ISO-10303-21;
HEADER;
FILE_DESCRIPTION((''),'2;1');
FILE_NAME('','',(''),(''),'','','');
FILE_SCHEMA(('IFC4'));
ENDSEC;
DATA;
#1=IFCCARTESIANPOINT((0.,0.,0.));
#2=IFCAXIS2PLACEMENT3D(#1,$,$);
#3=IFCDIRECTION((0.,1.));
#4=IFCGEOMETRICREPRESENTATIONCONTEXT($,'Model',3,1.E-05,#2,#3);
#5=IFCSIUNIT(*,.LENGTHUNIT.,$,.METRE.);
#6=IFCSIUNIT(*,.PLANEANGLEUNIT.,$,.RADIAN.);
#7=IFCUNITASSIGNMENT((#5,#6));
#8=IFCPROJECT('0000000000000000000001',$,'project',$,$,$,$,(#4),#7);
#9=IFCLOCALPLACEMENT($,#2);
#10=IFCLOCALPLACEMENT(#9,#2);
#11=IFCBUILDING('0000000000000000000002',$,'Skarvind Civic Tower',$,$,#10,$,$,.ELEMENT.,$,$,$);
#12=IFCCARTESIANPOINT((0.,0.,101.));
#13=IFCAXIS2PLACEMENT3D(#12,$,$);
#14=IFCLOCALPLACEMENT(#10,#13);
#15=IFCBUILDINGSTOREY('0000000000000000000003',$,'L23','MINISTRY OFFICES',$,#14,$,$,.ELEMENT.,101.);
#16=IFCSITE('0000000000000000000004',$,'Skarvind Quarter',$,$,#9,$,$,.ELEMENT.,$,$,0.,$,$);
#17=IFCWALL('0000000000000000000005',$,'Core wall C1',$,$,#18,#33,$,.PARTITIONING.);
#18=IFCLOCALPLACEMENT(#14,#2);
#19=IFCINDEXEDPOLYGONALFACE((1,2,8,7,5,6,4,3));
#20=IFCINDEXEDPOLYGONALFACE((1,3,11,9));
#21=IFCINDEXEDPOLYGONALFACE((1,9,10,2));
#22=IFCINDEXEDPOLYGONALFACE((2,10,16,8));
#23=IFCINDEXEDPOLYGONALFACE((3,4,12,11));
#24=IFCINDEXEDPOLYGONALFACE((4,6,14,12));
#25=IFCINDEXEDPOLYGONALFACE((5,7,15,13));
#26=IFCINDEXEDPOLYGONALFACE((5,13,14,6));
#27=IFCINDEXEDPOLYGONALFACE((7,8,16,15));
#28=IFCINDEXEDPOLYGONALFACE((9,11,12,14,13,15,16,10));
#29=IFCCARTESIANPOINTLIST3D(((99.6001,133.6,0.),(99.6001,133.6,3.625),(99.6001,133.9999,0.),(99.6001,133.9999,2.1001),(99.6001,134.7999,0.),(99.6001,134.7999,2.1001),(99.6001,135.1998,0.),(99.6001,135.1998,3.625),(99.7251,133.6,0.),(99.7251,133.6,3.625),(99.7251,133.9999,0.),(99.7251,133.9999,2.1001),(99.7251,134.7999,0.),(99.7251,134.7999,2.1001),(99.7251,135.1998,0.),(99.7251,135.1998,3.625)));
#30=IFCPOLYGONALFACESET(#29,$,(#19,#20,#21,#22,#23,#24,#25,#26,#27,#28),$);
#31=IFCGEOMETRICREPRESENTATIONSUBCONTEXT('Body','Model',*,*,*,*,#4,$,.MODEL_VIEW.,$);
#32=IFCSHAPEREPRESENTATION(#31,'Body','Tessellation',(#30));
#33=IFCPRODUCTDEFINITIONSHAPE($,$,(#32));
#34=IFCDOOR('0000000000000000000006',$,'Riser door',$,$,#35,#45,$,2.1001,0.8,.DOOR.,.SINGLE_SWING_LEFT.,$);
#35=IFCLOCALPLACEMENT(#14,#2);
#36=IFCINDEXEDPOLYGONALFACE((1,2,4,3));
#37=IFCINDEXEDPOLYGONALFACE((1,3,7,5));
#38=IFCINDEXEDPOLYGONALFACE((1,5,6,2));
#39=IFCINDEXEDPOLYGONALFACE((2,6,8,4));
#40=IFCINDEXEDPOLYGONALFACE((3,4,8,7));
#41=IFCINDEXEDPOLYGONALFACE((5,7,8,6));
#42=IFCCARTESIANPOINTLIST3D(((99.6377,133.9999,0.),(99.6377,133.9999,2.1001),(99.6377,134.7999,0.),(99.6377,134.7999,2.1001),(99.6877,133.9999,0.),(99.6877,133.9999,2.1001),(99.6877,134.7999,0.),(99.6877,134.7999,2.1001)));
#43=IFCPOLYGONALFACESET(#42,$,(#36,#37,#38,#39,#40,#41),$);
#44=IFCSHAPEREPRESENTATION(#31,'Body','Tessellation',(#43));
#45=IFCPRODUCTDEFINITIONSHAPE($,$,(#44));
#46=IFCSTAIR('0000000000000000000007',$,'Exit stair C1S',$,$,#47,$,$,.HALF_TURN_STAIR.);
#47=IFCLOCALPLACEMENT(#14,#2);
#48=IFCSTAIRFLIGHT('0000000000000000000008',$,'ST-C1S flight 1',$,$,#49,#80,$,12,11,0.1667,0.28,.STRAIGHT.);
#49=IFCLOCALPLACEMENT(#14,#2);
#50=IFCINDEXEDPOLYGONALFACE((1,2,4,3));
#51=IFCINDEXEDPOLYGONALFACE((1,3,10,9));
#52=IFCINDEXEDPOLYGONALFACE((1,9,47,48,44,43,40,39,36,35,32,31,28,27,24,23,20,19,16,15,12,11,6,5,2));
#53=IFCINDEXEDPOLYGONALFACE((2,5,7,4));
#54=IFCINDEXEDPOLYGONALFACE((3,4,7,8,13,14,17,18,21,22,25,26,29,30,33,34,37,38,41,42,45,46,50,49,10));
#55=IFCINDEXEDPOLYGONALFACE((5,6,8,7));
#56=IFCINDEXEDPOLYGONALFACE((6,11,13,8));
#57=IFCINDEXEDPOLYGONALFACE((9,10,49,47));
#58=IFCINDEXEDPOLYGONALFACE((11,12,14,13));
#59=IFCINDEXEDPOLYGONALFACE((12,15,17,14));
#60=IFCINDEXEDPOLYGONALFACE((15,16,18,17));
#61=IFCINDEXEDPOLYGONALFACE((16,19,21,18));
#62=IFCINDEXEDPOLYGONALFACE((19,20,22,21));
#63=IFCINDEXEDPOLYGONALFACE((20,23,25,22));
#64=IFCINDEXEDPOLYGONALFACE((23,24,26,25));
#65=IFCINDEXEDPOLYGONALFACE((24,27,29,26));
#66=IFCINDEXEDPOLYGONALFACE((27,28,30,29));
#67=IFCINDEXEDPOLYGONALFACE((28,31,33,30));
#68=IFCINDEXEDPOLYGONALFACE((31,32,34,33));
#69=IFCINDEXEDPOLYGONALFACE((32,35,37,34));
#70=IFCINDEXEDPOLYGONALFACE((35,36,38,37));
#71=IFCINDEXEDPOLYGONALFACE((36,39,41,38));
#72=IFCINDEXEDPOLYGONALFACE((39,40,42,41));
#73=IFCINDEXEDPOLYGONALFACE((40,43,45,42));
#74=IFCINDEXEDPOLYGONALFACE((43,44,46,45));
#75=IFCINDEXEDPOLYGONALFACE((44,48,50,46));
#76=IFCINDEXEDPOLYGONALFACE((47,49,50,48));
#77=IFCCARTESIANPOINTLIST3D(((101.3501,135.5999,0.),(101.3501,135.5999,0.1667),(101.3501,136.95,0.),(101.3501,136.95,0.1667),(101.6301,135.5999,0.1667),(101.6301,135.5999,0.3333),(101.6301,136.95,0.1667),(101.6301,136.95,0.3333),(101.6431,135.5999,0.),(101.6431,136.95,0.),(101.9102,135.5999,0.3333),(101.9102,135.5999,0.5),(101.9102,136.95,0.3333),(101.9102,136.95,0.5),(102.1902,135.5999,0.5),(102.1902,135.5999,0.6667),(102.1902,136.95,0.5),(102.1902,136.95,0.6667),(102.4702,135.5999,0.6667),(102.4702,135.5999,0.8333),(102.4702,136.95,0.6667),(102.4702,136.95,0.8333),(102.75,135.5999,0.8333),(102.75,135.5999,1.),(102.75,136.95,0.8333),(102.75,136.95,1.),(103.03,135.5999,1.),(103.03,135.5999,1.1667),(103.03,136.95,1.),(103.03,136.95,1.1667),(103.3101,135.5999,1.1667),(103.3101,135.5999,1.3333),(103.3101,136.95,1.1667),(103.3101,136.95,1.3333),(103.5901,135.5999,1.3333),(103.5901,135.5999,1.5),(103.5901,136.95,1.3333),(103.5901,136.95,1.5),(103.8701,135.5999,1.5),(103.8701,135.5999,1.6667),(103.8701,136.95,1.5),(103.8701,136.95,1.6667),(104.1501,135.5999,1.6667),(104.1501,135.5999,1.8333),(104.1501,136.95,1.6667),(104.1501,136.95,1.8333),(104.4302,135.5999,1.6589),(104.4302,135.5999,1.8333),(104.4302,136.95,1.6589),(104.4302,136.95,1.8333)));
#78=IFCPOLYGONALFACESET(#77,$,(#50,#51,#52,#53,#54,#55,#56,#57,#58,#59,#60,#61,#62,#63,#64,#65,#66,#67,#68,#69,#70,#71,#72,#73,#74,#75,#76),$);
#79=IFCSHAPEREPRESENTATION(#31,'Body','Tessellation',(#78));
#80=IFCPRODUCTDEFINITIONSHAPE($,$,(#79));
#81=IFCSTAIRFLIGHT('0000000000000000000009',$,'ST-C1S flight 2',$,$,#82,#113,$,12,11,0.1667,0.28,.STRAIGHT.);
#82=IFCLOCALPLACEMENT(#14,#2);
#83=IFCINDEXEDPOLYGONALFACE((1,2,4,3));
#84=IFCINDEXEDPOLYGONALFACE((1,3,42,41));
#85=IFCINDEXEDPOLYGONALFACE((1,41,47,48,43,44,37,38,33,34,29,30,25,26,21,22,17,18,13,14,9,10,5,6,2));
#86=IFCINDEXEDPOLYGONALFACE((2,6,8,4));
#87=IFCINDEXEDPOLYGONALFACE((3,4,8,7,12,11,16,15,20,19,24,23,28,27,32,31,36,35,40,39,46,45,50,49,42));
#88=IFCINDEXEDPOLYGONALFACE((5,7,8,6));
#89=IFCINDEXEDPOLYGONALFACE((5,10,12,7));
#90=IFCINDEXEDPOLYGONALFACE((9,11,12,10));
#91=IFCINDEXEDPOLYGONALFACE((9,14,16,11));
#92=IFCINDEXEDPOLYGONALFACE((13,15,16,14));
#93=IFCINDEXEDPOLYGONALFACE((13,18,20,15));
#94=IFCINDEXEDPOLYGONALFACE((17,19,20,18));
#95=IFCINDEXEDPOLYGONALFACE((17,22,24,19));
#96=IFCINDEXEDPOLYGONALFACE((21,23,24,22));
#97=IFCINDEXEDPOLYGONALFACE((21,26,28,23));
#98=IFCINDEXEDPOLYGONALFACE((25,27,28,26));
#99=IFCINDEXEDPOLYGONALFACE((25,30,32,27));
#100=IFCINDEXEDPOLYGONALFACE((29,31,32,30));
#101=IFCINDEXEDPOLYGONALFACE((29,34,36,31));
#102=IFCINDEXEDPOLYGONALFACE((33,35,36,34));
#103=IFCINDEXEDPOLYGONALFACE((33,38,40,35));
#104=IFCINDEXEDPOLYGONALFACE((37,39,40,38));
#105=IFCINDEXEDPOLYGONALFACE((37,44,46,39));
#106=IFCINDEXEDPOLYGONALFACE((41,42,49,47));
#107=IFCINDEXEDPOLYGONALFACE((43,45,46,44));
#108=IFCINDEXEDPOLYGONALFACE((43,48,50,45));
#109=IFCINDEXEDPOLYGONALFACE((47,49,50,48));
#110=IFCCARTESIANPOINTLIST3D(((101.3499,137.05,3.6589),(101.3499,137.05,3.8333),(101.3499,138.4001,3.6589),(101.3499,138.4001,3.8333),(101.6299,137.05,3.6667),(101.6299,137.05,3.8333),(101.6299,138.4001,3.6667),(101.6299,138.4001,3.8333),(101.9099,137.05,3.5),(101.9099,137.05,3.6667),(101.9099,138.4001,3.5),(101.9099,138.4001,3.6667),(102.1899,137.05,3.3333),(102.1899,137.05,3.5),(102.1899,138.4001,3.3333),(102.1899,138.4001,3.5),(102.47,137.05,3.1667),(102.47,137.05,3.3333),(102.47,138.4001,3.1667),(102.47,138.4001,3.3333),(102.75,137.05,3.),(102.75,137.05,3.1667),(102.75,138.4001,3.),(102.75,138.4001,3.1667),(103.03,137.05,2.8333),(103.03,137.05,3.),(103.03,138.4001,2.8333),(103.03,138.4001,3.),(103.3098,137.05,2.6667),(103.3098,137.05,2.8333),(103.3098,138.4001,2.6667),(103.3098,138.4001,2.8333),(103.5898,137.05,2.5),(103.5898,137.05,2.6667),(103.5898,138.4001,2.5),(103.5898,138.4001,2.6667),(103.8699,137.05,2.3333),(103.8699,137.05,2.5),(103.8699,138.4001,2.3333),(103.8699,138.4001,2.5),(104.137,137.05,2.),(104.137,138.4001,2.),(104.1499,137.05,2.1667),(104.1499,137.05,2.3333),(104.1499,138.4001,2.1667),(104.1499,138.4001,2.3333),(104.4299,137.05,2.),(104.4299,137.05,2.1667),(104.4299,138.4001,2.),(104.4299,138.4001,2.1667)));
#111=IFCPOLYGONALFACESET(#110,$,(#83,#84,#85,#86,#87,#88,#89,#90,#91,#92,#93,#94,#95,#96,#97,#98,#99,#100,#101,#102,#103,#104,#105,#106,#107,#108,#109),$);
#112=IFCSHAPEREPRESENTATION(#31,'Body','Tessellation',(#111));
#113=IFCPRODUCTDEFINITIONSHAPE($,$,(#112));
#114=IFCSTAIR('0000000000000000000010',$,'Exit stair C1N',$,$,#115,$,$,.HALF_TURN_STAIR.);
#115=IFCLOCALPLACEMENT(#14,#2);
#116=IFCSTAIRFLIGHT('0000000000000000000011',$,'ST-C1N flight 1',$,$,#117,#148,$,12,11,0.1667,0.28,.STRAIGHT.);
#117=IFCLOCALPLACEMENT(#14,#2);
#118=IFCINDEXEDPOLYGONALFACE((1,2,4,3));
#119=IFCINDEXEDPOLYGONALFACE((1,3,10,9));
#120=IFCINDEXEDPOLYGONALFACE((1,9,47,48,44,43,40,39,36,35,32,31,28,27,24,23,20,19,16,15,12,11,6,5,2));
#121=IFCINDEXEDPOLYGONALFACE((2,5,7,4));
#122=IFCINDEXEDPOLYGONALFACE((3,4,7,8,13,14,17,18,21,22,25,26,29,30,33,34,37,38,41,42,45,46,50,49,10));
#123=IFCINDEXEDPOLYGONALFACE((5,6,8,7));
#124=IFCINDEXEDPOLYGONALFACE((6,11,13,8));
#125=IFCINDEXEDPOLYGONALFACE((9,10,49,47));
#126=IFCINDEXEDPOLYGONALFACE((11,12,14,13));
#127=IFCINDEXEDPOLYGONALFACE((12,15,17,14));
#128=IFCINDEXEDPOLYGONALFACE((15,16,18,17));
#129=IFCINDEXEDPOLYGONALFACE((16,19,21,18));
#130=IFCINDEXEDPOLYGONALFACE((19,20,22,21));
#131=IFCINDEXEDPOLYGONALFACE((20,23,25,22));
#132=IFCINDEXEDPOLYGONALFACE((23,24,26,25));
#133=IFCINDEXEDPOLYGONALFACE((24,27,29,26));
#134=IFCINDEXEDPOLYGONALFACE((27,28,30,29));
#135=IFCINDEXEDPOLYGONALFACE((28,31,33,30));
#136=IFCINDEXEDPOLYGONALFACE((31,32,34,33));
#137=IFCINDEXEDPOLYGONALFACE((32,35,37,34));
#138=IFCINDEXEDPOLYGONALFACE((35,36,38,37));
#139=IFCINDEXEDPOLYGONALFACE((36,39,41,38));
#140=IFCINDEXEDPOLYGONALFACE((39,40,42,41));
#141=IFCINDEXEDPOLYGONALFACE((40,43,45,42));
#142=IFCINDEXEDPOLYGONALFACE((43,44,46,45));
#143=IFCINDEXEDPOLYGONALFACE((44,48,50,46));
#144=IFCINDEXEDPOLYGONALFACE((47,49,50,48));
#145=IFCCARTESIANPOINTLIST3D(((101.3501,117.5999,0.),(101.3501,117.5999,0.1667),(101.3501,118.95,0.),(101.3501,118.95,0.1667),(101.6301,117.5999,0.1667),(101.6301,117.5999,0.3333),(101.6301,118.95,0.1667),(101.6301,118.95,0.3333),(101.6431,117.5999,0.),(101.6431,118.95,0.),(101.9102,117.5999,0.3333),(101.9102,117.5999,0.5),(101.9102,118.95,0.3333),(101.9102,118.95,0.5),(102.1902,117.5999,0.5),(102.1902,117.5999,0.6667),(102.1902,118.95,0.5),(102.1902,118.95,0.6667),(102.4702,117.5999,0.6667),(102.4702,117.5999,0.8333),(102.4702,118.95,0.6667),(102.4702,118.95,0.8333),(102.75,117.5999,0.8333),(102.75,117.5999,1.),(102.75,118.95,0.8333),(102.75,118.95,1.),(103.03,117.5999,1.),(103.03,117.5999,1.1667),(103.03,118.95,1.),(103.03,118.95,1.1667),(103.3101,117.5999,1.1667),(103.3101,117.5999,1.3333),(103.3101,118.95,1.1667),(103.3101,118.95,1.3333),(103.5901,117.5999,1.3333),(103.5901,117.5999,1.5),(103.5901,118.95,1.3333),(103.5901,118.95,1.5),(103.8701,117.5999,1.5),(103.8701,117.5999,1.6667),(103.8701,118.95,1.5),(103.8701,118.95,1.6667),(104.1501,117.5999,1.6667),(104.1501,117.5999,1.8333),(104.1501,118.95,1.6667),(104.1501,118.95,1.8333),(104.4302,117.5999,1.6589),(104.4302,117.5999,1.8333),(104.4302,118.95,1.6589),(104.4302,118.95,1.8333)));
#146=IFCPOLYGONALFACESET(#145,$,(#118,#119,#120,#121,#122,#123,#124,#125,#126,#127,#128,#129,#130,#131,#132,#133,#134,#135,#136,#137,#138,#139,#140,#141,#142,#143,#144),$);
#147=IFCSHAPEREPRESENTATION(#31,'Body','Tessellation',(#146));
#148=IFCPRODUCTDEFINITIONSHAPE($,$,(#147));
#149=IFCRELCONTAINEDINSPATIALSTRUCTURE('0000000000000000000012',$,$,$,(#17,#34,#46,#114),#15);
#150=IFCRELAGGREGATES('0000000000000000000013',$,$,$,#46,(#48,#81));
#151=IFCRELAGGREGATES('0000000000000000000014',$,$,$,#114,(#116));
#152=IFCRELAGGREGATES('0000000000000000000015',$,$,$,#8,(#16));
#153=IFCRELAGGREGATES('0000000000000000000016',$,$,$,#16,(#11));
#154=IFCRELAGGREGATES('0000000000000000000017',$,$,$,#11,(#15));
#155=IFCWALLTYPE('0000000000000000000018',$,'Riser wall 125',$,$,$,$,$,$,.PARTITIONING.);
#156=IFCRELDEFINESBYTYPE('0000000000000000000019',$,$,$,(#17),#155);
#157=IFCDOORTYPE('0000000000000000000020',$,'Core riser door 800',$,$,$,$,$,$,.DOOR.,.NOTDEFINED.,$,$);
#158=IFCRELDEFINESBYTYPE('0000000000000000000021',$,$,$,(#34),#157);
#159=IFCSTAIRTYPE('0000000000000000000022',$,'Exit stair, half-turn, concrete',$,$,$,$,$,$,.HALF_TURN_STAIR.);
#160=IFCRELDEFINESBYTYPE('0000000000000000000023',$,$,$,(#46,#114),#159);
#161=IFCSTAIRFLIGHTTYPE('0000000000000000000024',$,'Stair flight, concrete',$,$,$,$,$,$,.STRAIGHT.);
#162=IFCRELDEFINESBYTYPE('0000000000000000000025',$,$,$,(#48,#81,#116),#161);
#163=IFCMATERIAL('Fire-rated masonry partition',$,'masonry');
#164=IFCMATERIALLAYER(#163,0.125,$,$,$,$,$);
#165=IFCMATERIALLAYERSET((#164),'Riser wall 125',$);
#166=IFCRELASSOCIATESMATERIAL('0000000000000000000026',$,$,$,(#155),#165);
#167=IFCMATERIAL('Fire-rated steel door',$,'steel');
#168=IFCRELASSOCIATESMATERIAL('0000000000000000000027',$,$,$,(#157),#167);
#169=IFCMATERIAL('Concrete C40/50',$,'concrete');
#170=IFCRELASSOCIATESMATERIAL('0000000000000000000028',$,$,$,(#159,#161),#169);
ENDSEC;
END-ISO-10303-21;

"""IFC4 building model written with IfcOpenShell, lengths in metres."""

from ifc_helpers import new_model, si_unit, direction, frame, frame_2d, origin, place, context, subcontext, project, spatial, polyline, rectangle, outline, extrude, material, layer, layer_set, type_object, element, fill, aggregate, save


model = new_model("IFC4")

# Units and contexts
model_context = context("Model", 3, precision=1e-05, world=origin(), true_north=direction((0.0, 1.0)))
body_context = subcontext(model_context, "Body", "Model", "MODEL_VIEW")
ifc_project = project(units=[si_unit("LENGTHUNIT", "METRE"), si_unit("PLANEANGLEUNIT", "RADIAN")], contexts=[model_context])

# Site, building, storey
site_placement = place(None, origin())
site = spatial("IfcSite", under=ifc_project, at=site_placement, Name="Skarvind Quarter", CompositionType="ELEMENT", RefElevation=0.0)
building_placement = place(site_placement, origin())
building = spatial("IfcBuilding", under=site, at=building_placement, Name="Skarvind Civic Tower", CompositionType="ELEMENT")
storey_placement = place(building_placement, frame((0.0, 0.0, 101.0)))
storey = spatial("IfcBuildingStorey", under=building, at=storey_placement, Name="L23", Description="MINISTRY OFFICES", CompositionType="ELEMENT", Elevation=101.0)

# Shared definitions
ifc_material_1 = material(Name="Fire-rated steel door", Category="steel")

# Wall, opening, door
ifc_material_2 = material(Name="Fire-rated masonry partition", Category="masonry")
ifc_layer_1 = layer(ifc_material_2, 0.125)
ifc_layer_set_1 = layer_set([ifc_layer_1], Name="Riser wall 125")
wall_type_1 = type_object("IfcWallType", Name="Riser wall 125", PredefinedType="PARTITIONING", material=ifc_layer_set_1)
door_type_1 = type_object("IfcDoorType", Name="Core riser door 800", OperationType="NOTDEFINED", PredefinedType="DOOR", material=ifc_material_1)
wall_1_placement = place(storey_placement, frame((99.6626, 133.6001, 0.0), z_axis=(0.0, 0.0, 1.0), x_axis=(0.0, 1.0, 0.0)))
wall_1 = element("IfcWall", 1, at=wall_1_placement, inside=storey, type_object=wall_type_1, Name="Core wall C1", PredefinedType="PARTITIONING", context=body_context, shape_type="SweptSolid", body=[
    extrude(rectangle(XDim=1.5999, YDim=0.125, at=frame_2d((0.7998, 0.0))), origin(), (0.0, 0.0, 1.0), 3.625),
])
opening_1_placement = place(wall_1_placement, frame((0.3999, 0.0, 0.0)))
opening_1 = element("IfcOpeningElement", 2, at=opening_1_placement, cuts=wall_1, PredefinedType="OPENING", context=body_context, shape_type="SweptSolid", body=[
    extrude(rectangle(XDim=0.8, YDim=2.1001, at=frame_2d((0.3999, 1.05))), frame((0.0, 0.0725, 0.0), z_axis=(0.0, -1.0, 0.0), x_axis=(1.0, 0.0, 0.0)), (0.0, 0.0, 1.0), 0.145),
])
door_1_placement = place(opening_1_placement, origin())
door_1 = element("IfcDoor", 3, at=door_1_placement, inside=storey, type_object=door_type_1, Name="Riser door", OperationType="SINGLE_SWING_LEFT", OverallHeight=2.1001, OverallWidth=0.8, PredefinedType="DOOR", context=body_context, shape_type="SweptSolid", body=[
    extrude(rectangle(XDim=0.8, YDim=2.1001, at=frame_2d((0.3999, 1.05))), frame((0.0, 0.0249, 0.0), z_axis=(0.0, -1.0, 0.0), x_axis=(1.0, 0.0, 0.0)), (0.0, 0.0, 1.0), 0.05),
])
fill(opening_1, door_1)

# Stairs, stair flights
ifc_material_3 = material(Name="Concrete C40/50", Category="concrete")
stair_type = type_object("IfcStairType", Name="Exit stair, half-turn, concrete", PredefinedType="HALF_TURN_STAIR", material=ifc_material_3)
stair_1_placement = place(storey_placement, origin())
stair_1 = element("IfcStair", 4, at=stair_1_placement, inside=storey, type_object=stair_type, Name="Exit stair C1S", PredefinedType="HALF_TURN_STAIR")
stair_flight_type = type_object("IfcStairFlightType", Name="Stair flight, concrete", PredefinedType="STRAIGHT", material=ifc_material_3)
stair_flight_1_placement = place(storey_placement, frame((101.3501, 136.2749, 0.0), z_axis=(0.0, 0.0, 1.0), x_axis=(1.0, 0.0, 0.0)))
stair_flight_1 = element("IfcStairFlight", 5, at=stair_flight_1_placement, type_object=stair_flight_type, Name="ST-C1S flight 1", NumberOfRisers=12, NumberOfTreads=11, PredefinedType="STRAIGHT", RiserHeight=0.1667, TreadLength=0.28, context=body_context, shape_type="SweptSolid", body=[
    extrude(outline(polyline([(0.0, 0.0), (0.0, 0.1667), (0.28, 0.1667), (0.28, 0.3333), (0.5601, 0.3333), (0.5601, 0.5), (0.8401, 0.5), (0.8401, 0.6667), (1.1201, 0.6667), (1.1201, 0.8333), (1.3999, 0.8333), (1.3999, 1.0), (1.6799, 1.0), (1.6799, 1.1667), (1.96, 1.1667), (1.96, 1.3333), (2.24, 1.3333), (2.24, 1.5), (2.52, 1.5), (2.52, 1.6667), (2.8, 1.6667), (2.8, 1.8333), (3.0801, 1.8333), (3.0801, 2.0), (3.0801, 1.6589), (0.293, 0.0), (0.0, 0.0)])), frame((0.0, 0.675, 0.0), z_axis=(0.0, -1.0, 0.0), x_axis=(1.0, 0.0, 0.0)), (0.0, 0.0, 1.0), 1.3501),
])
stair_flight_2_placement = place(storey_placement, frame((104.4299, 137.7251, 2.0), z_axis=(0.0, 0.0, 1.0), x_axis=(-1.0, 0.0, 0.0)))
stair_flight_2 = element("IfcStairFlight", 6, at=stair_flight_2_placement, type_object=stair_flight_type, Name="ST-C1S flight 2", NumberOfRisers=12, NumberOfTreads=11, PredefinedType="STRAIGHT", RiserHeight=0.1667, TreadLength=0.28, context=body_context, shape_type="SweptSolid", body=[
    extrude(outline(polyline([(0.0, 0.0), (0.0, 0.1667), (0.28, 0.1667), (0.28, 0.3333), (0.5601, 0.3333), (0.5601, 0.5), (0.8401, 0.5), (0.8401, 0.6667), (1.1201, 0.6667), (1.1201, 0.8333), (1.3999, 0.8333), (1.3999, 1.0), (1.6799, 1.0), (1.6799, 1.1667), (1.96, 1.1667), (1.96, 1.3333), (2.24, 1.3333), (2.24, 1.5), (2.52, 1.5), (2.52, 1.6667), (2.8, 1.6667), (2.8, 1.8333), (3.0801, 1.8333), (3.0801, 2.0), (3.0801, 1.6589), (0.293, 0.0), (0.0, 0.0)])), frame((0.0, 0.675, 0.0), z_axis=(0.0, -1.0, 0.0), x_axis=(1.0, 0.0, 0.0)), (0.0, 0.0, 1.0), 1.3501),
])
aggregate(stair_1, [stair_flight_1, stair_flight_2])
stair_2_placement = place(storey_placement, origin())
stair_2 = element("IfcStair", 7, at=stair_2_placement, inside=storey, type_object=stair_type, Name="Exit stair C1N", PredefinedType="HALF_TURN_STAIR")
stair_flight_3_placement = place(storey_placement, frame((101.3501, 118.2749, 0.0), z_axis=(0.0, 0.0, 1.0), x_axis=(1.0, 0.0, 0.0)))
stair_flight_3 = element("IfcStairFlight", 8, at=stair_flight_3_placement, type_object=stair_flight_type, Name="ST-C1N flight 1", NumberOfRisers=12, NumberOfTreads=11, PredefinedType="STRAIGHT", RiserHeight=0.1667, TreadLength=0.28, context=body_context, shape_type="SweptSolid", body=[
    extrude(outline(polyline([(0.0, 0.0), (0.0, 0.1667), (0.28, 0.1667), (0.28, 0.3333), (0.5601, 0.3333), (0.5601, 0.5), (0.8401, 0.5), (0.8401, 0.6667), (1.1201, 0.6667), (1.1201, 0.8333), (1.3999, 0.8333), (1.3999, 1.0), (1.6799, 1.0), (1.6799, 1.1667), (1.96, 1.1667), (1.96, 1.3333), (2.24, 1.3333), (2.24, 1.5), (2.52, 1.5), (2.52, 1.6667), (2.8, 1.6667), (2.8, 1.8333), (3.0801, 1.8333), (3.0801, 2.0), (3.0801, 1.6589), (0.293, 0.0), (0.0, 0.0)])), frame((0.0, 0.675, 0.0), z_axis=(0.0, -1.0, 0.0), x_axis=(1.0, 0.0, 0.0)), (0.0, 0.0, 1.0), 1.3501),
])
aggregate(stair_2, [stair_flight_3])

save(model, "model.ifc")
